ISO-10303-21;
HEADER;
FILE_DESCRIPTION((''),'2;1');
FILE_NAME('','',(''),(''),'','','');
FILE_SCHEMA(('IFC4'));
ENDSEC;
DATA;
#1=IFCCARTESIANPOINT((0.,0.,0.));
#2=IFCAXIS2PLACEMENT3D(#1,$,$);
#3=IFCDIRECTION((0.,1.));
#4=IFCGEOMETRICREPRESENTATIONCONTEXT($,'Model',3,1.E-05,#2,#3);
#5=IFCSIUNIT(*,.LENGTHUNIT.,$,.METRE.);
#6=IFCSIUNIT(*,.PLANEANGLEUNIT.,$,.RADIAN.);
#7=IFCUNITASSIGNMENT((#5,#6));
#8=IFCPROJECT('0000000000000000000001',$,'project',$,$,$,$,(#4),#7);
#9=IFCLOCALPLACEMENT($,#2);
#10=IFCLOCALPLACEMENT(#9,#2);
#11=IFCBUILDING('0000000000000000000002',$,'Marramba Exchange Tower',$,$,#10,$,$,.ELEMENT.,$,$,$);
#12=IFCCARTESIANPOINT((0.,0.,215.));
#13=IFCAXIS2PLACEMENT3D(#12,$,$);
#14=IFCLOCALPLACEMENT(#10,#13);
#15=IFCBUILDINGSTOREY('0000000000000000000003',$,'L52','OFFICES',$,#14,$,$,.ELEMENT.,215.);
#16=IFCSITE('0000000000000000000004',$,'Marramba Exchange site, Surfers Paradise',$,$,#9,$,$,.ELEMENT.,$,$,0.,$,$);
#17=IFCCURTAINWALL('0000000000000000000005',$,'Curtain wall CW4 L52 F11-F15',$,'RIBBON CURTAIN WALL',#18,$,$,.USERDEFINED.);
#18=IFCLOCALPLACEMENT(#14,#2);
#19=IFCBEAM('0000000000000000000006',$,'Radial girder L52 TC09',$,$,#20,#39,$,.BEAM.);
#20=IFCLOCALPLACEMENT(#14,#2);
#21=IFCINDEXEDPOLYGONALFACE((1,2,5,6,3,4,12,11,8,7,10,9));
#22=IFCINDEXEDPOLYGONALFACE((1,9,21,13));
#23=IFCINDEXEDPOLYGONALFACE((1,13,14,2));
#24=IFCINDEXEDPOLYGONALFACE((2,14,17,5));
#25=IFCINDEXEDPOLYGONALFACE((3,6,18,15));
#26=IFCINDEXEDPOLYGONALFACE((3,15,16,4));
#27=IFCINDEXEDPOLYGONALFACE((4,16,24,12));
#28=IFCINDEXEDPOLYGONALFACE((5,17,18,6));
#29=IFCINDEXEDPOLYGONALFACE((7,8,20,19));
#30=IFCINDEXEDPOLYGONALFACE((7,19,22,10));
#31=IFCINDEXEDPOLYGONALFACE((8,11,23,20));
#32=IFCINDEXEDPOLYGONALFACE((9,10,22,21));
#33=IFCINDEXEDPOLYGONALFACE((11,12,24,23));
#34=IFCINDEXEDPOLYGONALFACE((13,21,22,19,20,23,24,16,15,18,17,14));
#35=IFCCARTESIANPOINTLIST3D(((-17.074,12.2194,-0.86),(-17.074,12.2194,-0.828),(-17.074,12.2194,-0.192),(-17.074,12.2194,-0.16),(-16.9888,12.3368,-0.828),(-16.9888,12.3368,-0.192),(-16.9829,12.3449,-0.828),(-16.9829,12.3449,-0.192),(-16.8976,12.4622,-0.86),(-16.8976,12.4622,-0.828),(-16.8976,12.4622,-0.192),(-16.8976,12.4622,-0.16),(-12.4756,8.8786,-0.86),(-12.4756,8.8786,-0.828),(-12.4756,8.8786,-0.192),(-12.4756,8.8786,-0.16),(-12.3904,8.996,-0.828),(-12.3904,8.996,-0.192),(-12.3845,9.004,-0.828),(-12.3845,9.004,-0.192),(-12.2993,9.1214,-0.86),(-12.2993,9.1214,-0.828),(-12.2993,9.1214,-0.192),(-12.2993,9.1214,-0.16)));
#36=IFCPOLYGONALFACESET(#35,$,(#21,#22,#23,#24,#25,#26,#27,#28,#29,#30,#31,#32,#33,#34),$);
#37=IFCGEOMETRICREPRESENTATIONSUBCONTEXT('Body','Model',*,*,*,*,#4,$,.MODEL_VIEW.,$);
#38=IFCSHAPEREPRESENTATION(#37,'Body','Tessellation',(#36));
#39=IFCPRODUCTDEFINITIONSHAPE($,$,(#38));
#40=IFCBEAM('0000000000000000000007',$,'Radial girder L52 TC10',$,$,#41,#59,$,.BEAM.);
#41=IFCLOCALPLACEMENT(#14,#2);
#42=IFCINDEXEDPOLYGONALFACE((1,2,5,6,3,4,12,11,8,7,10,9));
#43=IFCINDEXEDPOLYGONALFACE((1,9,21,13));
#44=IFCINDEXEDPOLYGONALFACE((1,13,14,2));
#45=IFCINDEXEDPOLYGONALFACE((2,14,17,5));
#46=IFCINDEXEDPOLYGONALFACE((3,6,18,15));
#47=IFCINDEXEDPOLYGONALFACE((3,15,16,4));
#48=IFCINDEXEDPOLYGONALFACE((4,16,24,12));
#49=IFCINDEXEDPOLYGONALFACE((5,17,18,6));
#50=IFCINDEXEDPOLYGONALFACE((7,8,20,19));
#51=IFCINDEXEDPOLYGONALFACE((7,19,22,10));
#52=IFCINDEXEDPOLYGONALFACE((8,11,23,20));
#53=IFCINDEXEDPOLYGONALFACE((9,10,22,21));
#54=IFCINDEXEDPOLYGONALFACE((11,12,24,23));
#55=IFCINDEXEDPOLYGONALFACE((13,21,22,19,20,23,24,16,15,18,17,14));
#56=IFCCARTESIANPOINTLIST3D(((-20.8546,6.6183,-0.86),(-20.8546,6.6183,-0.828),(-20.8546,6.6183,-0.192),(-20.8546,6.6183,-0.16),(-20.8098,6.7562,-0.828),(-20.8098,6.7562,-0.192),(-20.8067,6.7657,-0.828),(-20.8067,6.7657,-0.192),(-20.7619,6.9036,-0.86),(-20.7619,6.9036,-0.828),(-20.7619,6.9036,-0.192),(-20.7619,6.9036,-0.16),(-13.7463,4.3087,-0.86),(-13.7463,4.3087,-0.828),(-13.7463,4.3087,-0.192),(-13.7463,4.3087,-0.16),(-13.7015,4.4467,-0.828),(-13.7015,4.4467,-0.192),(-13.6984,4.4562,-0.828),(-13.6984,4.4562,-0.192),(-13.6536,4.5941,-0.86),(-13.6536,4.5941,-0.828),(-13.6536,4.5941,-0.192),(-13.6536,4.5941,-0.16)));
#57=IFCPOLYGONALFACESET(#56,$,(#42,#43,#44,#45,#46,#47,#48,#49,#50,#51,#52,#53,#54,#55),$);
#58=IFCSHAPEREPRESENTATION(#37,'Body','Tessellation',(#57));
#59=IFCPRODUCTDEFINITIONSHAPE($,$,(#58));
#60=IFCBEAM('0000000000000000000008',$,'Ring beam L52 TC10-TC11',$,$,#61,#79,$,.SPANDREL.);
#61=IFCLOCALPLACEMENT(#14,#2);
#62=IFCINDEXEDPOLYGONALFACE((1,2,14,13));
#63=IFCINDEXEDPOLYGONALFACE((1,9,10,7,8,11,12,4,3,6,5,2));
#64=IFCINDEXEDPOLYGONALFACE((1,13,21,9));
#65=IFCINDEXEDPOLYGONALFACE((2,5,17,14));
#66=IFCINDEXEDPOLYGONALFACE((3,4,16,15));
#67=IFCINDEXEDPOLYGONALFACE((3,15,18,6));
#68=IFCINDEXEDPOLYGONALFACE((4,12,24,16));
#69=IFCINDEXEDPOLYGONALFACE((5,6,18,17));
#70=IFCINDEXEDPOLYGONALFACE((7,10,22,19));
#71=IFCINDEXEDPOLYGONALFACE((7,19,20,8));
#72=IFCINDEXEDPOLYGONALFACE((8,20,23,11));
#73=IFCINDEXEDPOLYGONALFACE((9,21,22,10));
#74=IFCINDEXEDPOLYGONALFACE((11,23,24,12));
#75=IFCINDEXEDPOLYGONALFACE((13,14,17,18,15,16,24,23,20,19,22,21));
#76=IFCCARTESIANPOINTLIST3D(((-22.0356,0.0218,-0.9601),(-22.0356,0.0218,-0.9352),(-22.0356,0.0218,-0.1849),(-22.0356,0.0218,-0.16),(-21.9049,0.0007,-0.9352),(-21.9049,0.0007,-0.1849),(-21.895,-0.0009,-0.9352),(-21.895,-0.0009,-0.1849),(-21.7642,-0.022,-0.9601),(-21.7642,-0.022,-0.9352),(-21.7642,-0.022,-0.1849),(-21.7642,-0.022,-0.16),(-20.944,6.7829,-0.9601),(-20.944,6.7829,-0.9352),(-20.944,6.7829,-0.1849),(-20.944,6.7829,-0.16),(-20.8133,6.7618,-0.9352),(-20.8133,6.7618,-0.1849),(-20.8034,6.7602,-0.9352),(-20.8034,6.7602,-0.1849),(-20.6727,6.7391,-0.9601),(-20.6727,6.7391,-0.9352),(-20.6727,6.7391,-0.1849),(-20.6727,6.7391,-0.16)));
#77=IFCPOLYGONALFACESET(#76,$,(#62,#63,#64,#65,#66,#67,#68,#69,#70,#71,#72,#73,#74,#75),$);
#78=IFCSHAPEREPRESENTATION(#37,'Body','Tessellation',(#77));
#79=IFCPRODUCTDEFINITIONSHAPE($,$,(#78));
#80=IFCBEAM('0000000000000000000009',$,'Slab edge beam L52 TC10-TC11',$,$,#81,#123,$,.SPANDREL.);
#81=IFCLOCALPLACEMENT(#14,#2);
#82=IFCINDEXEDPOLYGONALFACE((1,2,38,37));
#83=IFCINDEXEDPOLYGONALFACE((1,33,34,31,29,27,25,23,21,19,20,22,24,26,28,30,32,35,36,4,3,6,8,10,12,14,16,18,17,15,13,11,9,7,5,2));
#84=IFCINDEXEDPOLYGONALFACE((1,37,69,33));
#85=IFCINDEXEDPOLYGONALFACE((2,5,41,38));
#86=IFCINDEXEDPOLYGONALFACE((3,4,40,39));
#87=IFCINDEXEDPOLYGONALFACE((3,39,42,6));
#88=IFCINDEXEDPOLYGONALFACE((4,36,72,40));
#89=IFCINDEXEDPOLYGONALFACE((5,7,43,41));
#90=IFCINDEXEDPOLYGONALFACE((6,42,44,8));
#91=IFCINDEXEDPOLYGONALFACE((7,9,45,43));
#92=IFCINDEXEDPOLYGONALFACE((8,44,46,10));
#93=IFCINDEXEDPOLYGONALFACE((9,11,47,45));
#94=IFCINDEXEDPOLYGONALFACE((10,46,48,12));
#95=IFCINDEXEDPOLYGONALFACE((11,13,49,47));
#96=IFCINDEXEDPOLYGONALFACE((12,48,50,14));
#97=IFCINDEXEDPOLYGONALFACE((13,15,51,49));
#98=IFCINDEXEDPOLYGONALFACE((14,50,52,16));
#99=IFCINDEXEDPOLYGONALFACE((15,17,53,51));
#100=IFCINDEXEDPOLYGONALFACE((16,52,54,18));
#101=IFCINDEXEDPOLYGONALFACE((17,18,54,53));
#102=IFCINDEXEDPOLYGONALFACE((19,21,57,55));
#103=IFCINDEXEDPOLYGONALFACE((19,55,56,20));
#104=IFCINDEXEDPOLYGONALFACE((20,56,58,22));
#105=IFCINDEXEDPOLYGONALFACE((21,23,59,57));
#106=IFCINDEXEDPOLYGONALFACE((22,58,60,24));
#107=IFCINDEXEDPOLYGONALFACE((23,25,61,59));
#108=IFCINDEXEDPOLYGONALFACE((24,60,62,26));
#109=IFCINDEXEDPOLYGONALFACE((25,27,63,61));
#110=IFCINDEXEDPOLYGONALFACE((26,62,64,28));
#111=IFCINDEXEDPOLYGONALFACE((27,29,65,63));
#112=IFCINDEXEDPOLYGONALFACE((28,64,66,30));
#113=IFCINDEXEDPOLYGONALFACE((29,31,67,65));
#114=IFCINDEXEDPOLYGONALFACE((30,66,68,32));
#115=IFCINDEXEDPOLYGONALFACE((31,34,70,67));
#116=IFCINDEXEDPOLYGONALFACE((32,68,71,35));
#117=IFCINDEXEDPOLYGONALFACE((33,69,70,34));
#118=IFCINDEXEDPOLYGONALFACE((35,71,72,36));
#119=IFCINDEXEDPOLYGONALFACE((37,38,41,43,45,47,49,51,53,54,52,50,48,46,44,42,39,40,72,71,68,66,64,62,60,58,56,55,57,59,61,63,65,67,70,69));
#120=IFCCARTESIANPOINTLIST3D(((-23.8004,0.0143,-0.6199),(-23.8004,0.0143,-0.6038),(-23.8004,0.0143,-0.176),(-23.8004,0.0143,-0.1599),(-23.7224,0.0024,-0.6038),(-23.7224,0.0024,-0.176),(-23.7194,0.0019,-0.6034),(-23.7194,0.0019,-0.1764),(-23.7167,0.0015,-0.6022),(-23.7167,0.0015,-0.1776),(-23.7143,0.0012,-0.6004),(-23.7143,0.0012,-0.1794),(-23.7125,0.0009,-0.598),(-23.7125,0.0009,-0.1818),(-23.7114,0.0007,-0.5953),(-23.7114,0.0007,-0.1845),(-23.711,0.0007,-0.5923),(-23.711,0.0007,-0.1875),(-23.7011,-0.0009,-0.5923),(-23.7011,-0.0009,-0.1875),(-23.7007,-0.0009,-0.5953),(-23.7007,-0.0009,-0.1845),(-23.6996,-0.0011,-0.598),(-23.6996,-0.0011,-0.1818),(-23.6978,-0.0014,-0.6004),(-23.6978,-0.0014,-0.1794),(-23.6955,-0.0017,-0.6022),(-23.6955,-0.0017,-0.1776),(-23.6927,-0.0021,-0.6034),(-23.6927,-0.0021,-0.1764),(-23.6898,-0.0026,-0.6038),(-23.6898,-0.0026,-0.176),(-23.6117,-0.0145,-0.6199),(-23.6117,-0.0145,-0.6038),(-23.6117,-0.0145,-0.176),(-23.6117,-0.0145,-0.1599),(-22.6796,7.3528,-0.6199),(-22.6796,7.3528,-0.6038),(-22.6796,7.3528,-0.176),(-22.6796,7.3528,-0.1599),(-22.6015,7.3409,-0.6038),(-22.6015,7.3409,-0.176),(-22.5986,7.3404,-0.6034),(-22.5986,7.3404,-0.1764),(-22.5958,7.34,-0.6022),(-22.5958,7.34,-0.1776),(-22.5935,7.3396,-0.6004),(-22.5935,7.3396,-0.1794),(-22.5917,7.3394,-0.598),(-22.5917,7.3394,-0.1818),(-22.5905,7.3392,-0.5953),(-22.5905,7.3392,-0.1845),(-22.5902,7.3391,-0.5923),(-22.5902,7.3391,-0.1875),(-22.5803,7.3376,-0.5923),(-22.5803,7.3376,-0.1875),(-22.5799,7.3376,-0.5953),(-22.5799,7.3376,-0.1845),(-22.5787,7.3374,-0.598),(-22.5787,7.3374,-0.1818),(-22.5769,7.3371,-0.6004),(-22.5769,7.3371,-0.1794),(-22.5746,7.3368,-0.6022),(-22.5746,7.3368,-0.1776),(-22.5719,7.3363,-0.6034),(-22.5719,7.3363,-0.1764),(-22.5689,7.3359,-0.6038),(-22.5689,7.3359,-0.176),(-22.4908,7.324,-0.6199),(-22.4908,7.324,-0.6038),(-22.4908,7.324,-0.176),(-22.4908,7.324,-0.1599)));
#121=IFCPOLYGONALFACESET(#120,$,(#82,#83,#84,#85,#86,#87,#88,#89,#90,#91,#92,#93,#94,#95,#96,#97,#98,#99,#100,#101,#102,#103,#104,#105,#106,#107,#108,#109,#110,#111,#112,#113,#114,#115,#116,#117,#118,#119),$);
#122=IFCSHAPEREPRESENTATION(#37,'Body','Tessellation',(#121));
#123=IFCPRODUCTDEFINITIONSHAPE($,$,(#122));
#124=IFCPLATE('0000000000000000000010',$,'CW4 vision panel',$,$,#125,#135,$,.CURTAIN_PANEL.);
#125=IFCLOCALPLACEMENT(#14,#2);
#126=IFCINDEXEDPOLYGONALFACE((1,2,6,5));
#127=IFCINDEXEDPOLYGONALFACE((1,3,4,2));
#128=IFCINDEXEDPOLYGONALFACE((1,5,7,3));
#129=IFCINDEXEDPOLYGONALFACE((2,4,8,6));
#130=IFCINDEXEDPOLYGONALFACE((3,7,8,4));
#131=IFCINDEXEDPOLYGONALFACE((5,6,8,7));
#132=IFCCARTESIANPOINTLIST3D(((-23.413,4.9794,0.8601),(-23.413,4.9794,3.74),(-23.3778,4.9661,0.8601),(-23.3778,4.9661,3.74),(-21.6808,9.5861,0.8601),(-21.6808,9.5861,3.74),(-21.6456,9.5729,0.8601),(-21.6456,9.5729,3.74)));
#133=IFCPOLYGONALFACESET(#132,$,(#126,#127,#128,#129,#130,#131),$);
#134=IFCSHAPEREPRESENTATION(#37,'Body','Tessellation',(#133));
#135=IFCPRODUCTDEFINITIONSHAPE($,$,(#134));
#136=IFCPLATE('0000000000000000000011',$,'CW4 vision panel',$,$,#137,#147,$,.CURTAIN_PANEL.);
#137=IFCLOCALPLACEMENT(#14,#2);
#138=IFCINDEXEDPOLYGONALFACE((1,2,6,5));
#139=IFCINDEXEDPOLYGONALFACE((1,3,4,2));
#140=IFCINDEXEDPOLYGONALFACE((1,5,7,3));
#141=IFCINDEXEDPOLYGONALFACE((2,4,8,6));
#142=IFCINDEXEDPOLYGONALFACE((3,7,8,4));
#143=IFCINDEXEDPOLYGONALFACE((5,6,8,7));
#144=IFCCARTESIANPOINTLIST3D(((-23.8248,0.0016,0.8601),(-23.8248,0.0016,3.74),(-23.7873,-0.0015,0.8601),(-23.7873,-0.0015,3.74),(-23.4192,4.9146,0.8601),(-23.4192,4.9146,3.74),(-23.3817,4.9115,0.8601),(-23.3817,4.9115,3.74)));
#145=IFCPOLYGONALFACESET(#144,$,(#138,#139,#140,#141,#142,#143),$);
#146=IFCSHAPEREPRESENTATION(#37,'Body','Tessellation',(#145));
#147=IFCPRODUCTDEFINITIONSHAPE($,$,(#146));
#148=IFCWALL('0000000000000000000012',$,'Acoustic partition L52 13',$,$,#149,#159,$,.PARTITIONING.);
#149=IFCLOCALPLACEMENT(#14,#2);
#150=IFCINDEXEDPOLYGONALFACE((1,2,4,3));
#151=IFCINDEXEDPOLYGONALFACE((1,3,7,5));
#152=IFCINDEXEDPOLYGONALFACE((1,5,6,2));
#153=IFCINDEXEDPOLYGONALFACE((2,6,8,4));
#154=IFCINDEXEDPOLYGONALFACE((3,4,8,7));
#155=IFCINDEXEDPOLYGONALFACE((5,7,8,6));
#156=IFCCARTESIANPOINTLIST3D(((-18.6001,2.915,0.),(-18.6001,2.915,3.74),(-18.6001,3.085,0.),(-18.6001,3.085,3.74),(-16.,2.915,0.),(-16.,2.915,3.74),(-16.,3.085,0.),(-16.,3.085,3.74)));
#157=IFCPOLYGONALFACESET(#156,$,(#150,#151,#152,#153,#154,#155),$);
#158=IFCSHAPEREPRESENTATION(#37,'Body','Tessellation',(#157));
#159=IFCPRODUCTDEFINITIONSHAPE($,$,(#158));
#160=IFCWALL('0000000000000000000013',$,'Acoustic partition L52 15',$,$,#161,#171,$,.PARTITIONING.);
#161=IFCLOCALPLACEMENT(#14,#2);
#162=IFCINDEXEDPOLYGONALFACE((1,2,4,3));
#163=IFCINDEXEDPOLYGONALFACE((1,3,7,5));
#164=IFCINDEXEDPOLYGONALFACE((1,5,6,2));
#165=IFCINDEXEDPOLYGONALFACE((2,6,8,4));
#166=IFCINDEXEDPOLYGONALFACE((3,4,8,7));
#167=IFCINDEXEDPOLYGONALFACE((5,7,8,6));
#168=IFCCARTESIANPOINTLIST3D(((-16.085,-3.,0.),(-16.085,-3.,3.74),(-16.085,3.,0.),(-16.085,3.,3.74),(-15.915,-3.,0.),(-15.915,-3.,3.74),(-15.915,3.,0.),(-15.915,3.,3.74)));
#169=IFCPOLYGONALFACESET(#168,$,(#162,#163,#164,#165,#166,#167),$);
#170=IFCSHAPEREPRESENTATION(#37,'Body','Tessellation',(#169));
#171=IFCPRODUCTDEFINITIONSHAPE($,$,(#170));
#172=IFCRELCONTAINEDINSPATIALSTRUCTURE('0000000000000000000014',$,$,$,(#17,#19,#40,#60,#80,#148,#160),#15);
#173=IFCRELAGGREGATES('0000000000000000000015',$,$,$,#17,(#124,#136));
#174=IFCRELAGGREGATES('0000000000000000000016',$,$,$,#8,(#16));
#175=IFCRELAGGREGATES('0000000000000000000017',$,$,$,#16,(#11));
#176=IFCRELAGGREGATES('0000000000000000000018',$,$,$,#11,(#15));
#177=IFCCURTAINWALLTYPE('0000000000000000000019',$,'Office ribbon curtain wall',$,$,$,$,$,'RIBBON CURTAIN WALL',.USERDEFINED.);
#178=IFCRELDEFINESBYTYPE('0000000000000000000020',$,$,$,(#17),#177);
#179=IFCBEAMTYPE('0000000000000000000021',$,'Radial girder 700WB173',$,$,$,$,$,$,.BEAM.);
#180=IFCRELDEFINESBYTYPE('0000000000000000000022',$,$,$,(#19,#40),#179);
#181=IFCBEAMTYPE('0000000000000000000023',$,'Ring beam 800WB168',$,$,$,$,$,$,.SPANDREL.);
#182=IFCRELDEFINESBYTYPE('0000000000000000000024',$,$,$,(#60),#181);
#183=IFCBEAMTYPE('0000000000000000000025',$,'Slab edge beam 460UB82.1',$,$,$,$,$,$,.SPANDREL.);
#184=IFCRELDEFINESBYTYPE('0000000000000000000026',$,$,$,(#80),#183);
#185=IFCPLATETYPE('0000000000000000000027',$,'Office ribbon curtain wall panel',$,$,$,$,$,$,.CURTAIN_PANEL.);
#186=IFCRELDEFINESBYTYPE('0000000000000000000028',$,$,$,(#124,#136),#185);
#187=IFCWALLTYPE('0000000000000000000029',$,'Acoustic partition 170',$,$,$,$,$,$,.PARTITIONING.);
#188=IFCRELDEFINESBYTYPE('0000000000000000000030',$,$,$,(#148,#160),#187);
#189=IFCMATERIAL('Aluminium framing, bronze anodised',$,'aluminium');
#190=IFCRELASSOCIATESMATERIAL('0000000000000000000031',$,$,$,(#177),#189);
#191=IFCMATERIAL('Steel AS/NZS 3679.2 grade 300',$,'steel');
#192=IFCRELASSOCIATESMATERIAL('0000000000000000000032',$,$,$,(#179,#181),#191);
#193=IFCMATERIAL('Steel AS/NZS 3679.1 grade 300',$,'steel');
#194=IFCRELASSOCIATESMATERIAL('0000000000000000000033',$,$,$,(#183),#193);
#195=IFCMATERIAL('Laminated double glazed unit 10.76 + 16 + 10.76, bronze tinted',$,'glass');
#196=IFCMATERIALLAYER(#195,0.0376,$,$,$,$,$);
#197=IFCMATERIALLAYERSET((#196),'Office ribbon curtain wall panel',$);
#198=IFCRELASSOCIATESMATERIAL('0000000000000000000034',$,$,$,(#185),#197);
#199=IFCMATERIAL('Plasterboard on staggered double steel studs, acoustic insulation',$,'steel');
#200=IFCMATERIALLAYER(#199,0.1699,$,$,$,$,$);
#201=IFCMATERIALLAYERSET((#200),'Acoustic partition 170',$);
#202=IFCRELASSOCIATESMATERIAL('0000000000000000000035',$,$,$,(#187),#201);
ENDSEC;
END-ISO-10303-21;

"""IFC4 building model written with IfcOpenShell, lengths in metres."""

from ifc_helpers import new_model, si_unit, direction, frame, frame_2d, origin, origin_2d, place, context, subcontext, project, spatial, rectangle, i_section, extrude, material, layer, layer_set, material_profile, profile_set, type_object, element, aggregate, save


model = new_model("IFC4")

# Units and contexts
model_context = context("Model", 3, precision=1e-05, world=origin(), true_north=direction((0.0, 1.0)))
body_context = subcontext(model_context, "Body", "Model", "MODEL_VIEW")
ifc_project = project(units=[si_unit("LENGTHUNIT", "METRE"), si_unit("PLANEANGLEUNIT", "RADIAN")], contexts=[model_context])

# Site, building, storey
site_placement = place(None, origin())
site = spatial("IfcSite", under=ifc_project, at=site_placement, Name="Marramba Exchange site, Surfers Paradise", CompositionType="ELEMENT", RefElevation=0.0)
building_placement = place(site_placement, origin())
building = spatial("IfcBuilding", under=site, at=building_placement, Name="Marramba Exchange Tower", CompositionType="ELEMENT")
storey_placement = place(building_placement, frame((0.0, 0.0, 215.0)))
storey = spatial("IfcBuildingStorey", under=building, at=storey_placement, Name="L52", Description="OFFICES", CompositionType="ELEMENT", Elevation=215.0)

# Shared definitions
ifc_material_1 = material(Name="Steel AS/NZS 3679.2 grade 300", Category="steel")
ifc_material_2 = material(Name="Steel AS/NZS 3679.1 grade 300", Category="steel")

# Curtain wall
ifc_material_3 = material(Name="Aluminium framing, bronze anodised", Category="aluminium")
curtain_wall_type = type_object("IfcCurtainWallType", Name="Office ribbon curtain wall", ElementType="RIBBON CURTAIN WALL", PredefinedType="USERDEFINED", material=ifc_material_3)
curtain_wall_placement = place(storey_placement, origin())
curtain_wall = element("IfcCurtainWall", 1, at=curtain_wall_placement, inside=storey, type_object=curtain_wall_type, Name="Curtain wall CW4 L52 F11-F15", ObjectType="RIBBON CURTAIN WALL", PredefinedType="USERDEFINED")

# Beams
ifc_material_profile_1 = material_profile(ifc_material_1, i_section(OverallWidth=0.3, OverallDepth=0.7, WebThickness=0.01, FlangeThickness=0.032, at=origin_2d()), Name="700WB173")
ifc_profile_set_1 = profile_set([ifc_material_profile_1], Name="Steel AS/NZS 3679.2 grade 300")
beam_type_1 = type_object("IfcBeamType", Name="Radial girder 700WB173", PredefinedType="BEAM", material=ifc_profile_set_1)
beam_1_placement = place(storey_placement, frame((-12.3875, 9.0, -0.51), z_axis=(-0.809026, 0.587773, 0.0), x_axis=(-0.587773, -0.809026, 0.0)))
element("IfcBeam", 2, at=beam_1_placement, inside=storey, type_object=beam_type_1, Name="Radial girder L52 TC09", PredefinedType="BEAM", context=body_context, shape_type="SweptSolid", body=[
    extrude(i_section(OverallWidth=0.3, OverallDepth=0.7, WebThickness=0.01, FlangeThickness=0.032, at=origin_2d()), origin(), (0.0, 0.0, 1.0), 5.6838),
])
beam_2_placement = place(storey_placement, frame((-13.7, 4.4514, -0.51), z_axis=(-0.95106, 0.309006, 0.0), x_axis=(-0.309006, -0.95106, 0.0)))
element("IfcBeam", 3, at=beam_2_placement, inside=storey, type_object=beam_type_1, Name="Radial girder L52 TC10", PredefinedType="BEAM", context=body_context, shape_type="SweptSolid", body=[
    extrude(i_section(OverallWidth=0.3, OverallDepth=0.7, WebThickness=0.01, FlangeThickness=0.032, at=origin_2d()), origin(), (0.0, 0.0, 1.0), 7.4741),
])
ifc_material_profile_2 = material_profile(ifc_material_1, i_section(OverallWidth=0.2749, OverallDepth=0.8, WebThickness=0.01, FlangeThickness=0.0249, at=origin_2d()), Name="800WB168")
ifc_profile_set_2 = profile_set([ifc_material_profile_2], Name="Steel AS/NZS 3679.2 grade 300")
beam_type_2 = type_object("IfcBeamType", Name="Ring beam 800WB168", PredefinedType="SPANDREL", material=ifc_profile_set_2)
beam_3_placement = place(storey_placement, frame((-20.8083, 6.761, -0.5601), z_axis=(-0.159385, -0.987217, 0.0), x_axis=(0.987217, -0.159385, 0.0)))
element("IfcBeam", 4, at=beam_3_placement, inside=storey, type_object=beam_type_2, Name="Ring beam L52 TC10-TC11", PredefinedType="SPANDREL", context=body_context, shape_type="SweptSolid", body=[
    extrude(i_section(OverallWidth=0.2749, OverallDepth=0.8, WebThickness=0.01, FlangeThickness=0.0249, at=origin_2d()), origin(), (0.0, 0.0, 1.0), 6.8486),
])
ifc_material_profile_3 = material_profile(ifc_material_2, i_section(OverallWidth=0.1909, OverallDepth=0.46, WebThickness=0.01, FlangeThickness=0.0161, FilletRadius=0.0115, at=origin_2d()), Name="460UB82.1")
ifc_profile_set_3 = profile_set([ifc_material_profile_3], Name="Steel AS/NZS 3679.1 grade 300")
beam_type_3 = type_object("IfcBeamType", Name="Slab edge beam 460UB82.1", PredefinedType="SPANDREL", material=ifc_profile_set_3)
beam_4_placement = place(storey_placement, frame((-22.5852, 7.3384, -0.3899), z_axis=(-0.150987, -0.988536, 0.0), x_axis=(0.988536, -0.150987, 0.0)))
element("IfcBeam", 5, at=beam_4_placement, inside=storey, type_object=beam_type_3, Name="Slab edge beam L52 TC10-TC11", PredefinedType="SPANDREL", context=body_context, shape_type="SweptSolid", body=[
    extrude(i_section(OverallWidth=0.1909, OverallDepth=0.46, WebThickness=0.01, FlangeThickness=0.0161, FilletRadius=0.0115, at=origin_2d()), origin(), (0.0, 0.0, 1.0), 7.4236),
])

# Plates
ifc_material_4 = material(Name="Laminated double glazed unit 10.76 + 16 + 10.76, bronze tinted", Category="glass")
ifc_layer_1 = layer(ifc_material_4, 0.0376)
ifc_layer_set_1 = layer_set([ifc_layer_1], Name="Office ribbon curtain wall panel")
plate_type = type_object("IfcPlateType", Name="Office ribbon curtain wall panel", PredefinedType="CURTAIN_PANEL", material=ifc_layer_set_1)
plate_1_placement = place(storey_placement, frame((-22.5293, 7.2761, 0.8601), z_axis=(0.0, 0.0, 1.0), x_axis=(-0.351952, -0.936018, 0.0)))
plate_1 = element("IfcPlate", 6, at=plate_1_placement, type_object=plate_type, Name="CW4 vision panel", PredefinedType="CURTAIN_PANEL", context=body_context, shape_type="SweptSolid", body=[
    extrude(rectangle(XDim=4.9216, YDim=0.0376, at=origin_2d()), origin(), (0.0, 0.0, 1.0), 2.8799),
])
plate_2_placement = place(storey_placement, frame((-23.6033, 2.4565, 0.8601), z_axis=(0.0, 0.0, 1.0), x_axis=(-0.082281, -0.996609, 0.0)))
plate_2 = element("IfcPlate", 7, at=plate_2_placement, type_object=plate_type, Name="CW4 vision panel", PredefinedType="CURTAIN_PANEL", context=body_context, shape_type="SweptSolid", body=[
    extrude(rectangle(XDim=4.9297, YDim=0.0376, at=origin_2d()), origin(), (0.0, 0.0, 1.0), 2.8799),
])
aggregate(curtain_wall, [plate_1, plate_2])

# Walls
ifc_material_5 = material(Name="Plasterboard on staggered double steel studs, acoustic insulation", Category="steel")
ifc_layer_2 = layer(ifc_material_5, 0.1699)
ifc_layer_set_2 = layer_set([ifc_layer_2], Name="Acoustic partition 170")
wall_type_1 = type_object("IfcWallType", Name="Acoustic partition 170", PredefinedType="PARTITIONING", material=ifc_layer_set_2)
wall_1_placement = place(storey_placement, frame((-18.6001, 3.0, 0.0), z_axis=(0.0, 0.0, 1.0), x_axis=(1.0, 0.0, 0.0)))
element("IfcWall", 8, at=wall_1_placement, inside=storey, type_object=wall_type_1, Name="Acoustic partition L52 13", PredefinedType="PARTITIONING", context=body_context, shape_type="SweptSolid", body=[
    extrude(rectangle(XDim=2.6001, YDim=0.1699, at=frame_2d((1.3, 0.0))), origin(), (0.0, 0.0, 1.0), 3.74),
])
wall_2_placement = place(storey_placement, frame((-16.0, 3.0, 0.0), z_axis=(0.0, 0.0, 1.0), x_axis=(0.0, -1.0, 0.0)))
element("IfcWall", 9, at=wall_2_placement, inside=storey, type_object=wall_type_1, Name="Acoustic partition L52 15", PredefinedType="PARTITIONING", context=body_context, shape_type="SweptSolid", body=[
    extrude(rectangle(XDim=6.0, YDim=0.1699, at=frame_2d((3.0, 0.0))), origin(), (0.0, 0.0, 1.0), 3.74),
])

save(model, "model.ifc")
